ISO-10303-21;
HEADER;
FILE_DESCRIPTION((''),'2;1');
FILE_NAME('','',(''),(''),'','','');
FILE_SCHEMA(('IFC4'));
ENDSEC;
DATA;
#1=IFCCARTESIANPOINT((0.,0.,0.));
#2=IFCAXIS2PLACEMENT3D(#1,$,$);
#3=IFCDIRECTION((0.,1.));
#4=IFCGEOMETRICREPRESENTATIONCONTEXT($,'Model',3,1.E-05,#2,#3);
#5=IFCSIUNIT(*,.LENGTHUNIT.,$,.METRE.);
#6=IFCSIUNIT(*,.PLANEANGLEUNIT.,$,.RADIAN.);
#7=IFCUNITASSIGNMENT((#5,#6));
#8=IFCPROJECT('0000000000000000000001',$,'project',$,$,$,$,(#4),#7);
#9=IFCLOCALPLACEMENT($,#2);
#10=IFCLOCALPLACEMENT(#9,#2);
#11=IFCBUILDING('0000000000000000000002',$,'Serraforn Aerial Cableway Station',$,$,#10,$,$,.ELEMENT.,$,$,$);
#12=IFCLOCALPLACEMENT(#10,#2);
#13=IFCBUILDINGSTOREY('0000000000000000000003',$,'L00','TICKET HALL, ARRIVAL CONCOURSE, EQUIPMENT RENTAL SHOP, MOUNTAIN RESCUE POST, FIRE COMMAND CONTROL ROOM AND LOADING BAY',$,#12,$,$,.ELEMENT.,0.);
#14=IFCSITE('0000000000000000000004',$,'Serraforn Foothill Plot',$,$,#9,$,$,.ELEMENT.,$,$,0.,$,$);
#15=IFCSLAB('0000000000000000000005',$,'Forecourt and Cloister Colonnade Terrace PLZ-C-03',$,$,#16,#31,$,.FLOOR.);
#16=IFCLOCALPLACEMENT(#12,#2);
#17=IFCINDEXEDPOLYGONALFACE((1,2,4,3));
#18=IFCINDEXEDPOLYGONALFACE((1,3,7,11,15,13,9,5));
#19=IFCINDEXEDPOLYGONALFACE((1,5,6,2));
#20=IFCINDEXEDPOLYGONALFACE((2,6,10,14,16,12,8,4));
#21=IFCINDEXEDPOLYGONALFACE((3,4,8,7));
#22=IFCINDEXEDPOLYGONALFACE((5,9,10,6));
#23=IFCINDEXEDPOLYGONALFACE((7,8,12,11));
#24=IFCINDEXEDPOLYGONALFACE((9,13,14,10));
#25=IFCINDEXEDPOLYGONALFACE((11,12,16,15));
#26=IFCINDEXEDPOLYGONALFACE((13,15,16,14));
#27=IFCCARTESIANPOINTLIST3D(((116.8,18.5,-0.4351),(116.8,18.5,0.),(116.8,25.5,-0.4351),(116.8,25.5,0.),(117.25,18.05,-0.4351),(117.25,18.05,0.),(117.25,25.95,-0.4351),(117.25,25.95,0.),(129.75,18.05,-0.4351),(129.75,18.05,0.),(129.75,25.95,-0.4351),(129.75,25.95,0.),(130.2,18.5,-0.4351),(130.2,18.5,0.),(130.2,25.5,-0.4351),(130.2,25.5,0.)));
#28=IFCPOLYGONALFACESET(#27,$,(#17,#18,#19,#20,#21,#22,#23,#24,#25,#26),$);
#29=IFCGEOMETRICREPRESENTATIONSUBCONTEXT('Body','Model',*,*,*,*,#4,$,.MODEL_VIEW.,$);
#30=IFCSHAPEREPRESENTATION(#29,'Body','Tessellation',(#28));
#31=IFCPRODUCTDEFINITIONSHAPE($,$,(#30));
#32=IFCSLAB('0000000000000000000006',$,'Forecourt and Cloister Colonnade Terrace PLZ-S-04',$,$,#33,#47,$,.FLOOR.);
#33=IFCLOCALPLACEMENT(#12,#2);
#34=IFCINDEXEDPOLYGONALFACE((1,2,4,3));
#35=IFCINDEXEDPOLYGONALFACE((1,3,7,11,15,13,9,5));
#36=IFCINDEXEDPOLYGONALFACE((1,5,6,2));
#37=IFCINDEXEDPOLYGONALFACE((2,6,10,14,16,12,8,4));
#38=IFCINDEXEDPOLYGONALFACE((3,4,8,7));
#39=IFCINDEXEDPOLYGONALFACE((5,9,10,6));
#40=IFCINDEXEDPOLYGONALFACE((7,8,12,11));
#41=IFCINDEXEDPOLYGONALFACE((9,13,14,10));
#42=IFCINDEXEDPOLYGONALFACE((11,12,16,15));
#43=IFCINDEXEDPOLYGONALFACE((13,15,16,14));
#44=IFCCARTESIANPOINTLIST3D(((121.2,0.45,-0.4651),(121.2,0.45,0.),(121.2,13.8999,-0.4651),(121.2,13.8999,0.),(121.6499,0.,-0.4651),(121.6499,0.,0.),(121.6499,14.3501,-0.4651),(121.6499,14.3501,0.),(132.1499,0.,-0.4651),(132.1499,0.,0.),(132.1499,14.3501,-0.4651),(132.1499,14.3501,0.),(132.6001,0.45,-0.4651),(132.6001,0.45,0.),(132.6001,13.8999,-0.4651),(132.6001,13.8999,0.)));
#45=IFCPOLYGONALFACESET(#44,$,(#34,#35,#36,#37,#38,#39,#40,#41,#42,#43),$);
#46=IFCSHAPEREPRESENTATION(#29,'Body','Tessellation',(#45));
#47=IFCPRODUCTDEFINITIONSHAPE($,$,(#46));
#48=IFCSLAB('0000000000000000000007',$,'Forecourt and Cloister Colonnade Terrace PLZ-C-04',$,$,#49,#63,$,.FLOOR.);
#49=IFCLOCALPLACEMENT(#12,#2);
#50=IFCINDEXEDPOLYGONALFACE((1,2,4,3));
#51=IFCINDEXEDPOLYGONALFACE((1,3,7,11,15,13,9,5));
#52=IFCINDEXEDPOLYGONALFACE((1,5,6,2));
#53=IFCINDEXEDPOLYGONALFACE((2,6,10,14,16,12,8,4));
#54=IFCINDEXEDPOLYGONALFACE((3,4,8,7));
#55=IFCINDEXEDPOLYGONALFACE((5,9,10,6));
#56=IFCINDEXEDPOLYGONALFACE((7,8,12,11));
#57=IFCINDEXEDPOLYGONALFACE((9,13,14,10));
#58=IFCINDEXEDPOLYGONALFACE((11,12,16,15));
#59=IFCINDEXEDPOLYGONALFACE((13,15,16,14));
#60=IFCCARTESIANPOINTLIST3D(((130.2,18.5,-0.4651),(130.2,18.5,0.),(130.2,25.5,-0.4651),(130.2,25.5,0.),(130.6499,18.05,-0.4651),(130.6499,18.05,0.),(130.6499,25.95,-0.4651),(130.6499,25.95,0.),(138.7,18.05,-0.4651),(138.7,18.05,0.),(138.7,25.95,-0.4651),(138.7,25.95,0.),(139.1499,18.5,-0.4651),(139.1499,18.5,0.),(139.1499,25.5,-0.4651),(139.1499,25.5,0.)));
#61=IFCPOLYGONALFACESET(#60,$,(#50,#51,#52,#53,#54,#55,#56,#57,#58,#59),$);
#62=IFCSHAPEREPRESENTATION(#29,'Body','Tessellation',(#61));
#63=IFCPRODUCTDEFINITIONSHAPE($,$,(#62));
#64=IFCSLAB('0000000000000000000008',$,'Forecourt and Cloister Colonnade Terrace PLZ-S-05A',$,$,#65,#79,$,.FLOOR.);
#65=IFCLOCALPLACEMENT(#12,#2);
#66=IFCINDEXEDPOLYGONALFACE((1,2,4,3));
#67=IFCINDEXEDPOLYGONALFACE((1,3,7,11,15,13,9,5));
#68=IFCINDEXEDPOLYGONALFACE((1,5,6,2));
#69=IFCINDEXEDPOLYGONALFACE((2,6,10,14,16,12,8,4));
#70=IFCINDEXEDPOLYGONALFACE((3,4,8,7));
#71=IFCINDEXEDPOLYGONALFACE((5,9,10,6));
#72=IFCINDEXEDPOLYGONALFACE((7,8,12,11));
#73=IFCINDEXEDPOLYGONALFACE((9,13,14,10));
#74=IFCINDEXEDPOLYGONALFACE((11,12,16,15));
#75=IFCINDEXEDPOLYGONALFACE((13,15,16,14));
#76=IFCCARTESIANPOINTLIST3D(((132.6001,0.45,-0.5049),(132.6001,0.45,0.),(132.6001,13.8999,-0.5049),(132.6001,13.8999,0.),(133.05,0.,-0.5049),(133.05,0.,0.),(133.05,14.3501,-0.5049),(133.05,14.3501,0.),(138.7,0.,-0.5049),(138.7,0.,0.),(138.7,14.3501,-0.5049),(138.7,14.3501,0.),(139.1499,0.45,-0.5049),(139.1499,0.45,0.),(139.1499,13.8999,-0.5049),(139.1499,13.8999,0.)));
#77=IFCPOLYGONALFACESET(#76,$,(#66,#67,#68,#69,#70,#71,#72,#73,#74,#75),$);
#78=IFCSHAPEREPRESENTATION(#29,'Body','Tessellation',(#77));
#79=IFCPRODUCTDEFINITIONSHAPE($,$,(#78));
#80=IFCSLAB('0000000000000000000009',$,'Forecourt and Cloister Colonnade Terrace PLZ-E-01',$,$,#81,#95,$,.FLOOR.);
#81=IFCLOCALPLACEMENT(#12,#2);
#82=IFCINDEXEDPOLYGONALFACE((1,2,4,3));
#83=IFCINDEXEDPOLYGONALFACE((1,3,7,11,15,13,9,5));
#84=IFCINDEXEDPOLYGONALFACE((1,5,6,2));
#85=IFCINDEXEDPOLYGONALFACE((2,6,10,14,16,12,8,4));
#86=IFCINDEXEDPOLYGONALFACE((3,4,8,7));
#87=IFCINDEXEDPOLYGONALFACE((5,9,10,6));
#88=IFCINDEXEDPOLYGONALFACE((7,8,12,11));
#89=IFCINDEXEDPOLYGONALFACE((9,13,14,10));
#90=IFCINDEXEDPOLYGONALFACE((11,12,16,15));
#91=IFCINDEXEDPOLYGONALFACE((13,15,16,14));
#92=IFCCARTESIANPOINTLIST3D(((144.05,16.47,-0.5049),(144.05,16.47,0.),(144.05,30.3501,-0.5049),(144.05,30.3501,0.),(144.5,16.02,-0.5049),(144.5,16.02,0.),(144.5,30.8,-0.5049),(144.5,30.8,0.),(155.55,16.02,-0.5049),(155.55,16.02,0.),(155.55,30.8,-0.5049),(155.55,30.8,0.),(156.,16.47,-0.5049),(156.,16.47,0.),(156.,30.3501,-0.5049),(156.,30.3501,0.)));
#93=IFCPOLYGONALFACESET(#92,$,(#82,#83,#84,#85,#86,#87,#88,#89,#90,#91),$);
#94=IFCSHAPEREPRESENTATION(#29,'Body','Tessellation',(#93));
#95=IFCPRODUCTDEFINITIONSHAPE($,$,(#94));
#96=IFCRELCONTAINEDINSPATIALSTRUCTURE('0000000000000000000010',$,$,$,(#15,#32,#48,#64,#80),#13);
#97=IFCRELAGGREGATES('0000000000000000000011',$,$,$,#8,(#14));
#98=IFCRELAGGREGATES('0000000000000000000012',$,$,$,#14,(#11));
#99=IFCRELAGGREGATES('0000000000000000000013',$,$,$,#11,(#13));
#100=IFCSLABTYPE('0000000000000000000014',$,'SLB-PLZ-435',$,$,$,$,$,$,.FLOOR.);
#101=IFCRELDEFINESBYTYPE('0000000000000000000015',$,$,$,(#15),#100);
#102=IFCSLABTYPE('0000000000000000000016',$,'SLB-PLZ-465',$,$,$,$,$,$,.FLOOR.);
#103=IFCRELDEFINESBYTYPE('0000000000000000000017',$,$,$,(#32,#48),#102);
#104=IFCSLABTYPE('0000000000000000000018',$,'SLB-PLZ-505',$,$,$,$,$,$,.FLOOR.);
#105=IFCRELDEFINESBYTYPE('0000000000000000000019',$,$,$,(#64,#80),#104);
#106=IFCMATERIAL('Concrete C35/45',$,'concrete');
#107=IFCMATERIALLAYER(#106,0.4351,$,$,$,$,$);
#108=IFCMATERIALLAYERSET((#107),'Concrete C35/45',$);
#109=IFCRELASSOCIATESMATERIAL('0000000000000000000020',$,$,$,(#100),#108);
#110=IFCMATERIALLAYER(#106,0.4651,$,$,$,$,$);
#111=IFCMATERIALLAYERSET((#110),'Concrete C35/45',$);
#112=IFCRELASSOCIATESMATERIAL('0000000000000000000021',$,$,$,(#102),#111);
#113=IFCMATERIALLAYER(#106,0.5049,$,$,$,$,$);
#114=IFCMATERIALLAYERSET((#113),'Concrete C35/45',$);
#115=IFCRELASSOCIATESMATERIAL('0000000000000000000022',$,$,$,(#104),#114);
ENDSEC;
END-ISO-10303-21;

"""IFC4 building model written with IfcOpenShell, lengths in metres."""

from ifc_helpers import new_model, si_unit, direction, frame, origin, place, context, subcontext, project, spatial, polyline, outline, extrude, material, layer, layer_set, type_object, element, save


model = new_model("IFC4")

# Units and contexts
model_context = context("Model", 3, precision=1e-05, world=origin(), true_north=direction((0.0, 1.0)))
body_context = subcontext(model_context, "Body", "Model", "MODEL_VIEW")
ifc_project = project(units=[si_unit("LENGTHUNIT", "METRE"), si_unit("PLANEANGLEUNIT", "RADIAN")], contexts=[model_context])

# Site, building, storey
site_placement = place(None, origin())
site = spatial("IfcSite", under=ifc_project, at=site_placement, Name="Serraforn Foothill Plot", CompositionType="ELEMENT", RefElevation=0.0)
building_placement = place(site_placement, origin())
building = spatial("IfcBuilding", under=site, at=building_placement, Name="Serraforn Aerial Cableway Station", CompositionType="ELEMENT")
storey_placement = place(building_placement, origin())
storey = spatial("IfcBuildingStorey", under=building, at=storey_placement, Name="L00", Description="TICKET HALL, ARRIVAL CONCOURSE, EQUIPMENT RENTAL SHOP, MOUNTAIN RESCUE POST, FIRE COMMAND CONTROL ROOM AND LOADING BAY", CompositionType="ELEMENT", Elevation=0.0)

# Shared definitions
ifc_material = material(Name="Concrete C35/45", Category="concrete")

# Slabs
ifc_layer_1 = layer(ifc_material, 0.4351)
ifc_layer_set_1 = layer_set([ifc_layer_1], Name="Concrete C35/45")
slab_type_1 = type_object("IfcSlabType", Name="SLB-PLZ-435", PredefinedType="FLOOR", material=ifc_layer_set_1)
slab_1_placement = place(storey_placement, frame((0.0, 0.0, -0.4351)))
element("IfcSlab", 1, at=slab_1_placement, inside=storey, type_object=slab_type_1, Name="Forecourt and Cloister Colonnade Terrace PLZ-C-03", PredefinedType="FLOOR", context=body_context, shape_type="SweptSolid", body=[
    extrude(outline(polyline([(117.25, 18.05), (129.75, 18.05), (130.2, 18.5), (130.2, 25.5), (129.75, 25.95), (117.25, 25.95), (116.8, 25.5), (116.8, 18.5), (117.25, 18.05)])), origin(), (0.0, 0.0, 1.0), 0.4351),
])
ifc_layer_2 = layer(ifc_material, 0.4651)
ifc_layer_set_2 = layer_set([ifc_layer_2], Name="Concrete C35/45")
slab_type_2 = type_object("IfcSlabType", Name="SLB-PLZ-465", PredefinedType="FLOOR", material=ifc_layer_set_2)
slab_2_placement = place(storey_placement, frame((0.0, 0.0, -0.4651)))
element("IfcSlab", 2, at=slab_2_placement, inside=storey, type_object=slab_type_2, Name="Forecourt and Cloister Colonnade Terrace PLZ-S-04", PredefinedType="FLOOR", context=body_context, shape_type="SweptSolid", body=[
    extrude(outline(polyline([(121.6499, 0.0), (132.1499, 0.0), (132.6001, 0.45), (132.6001, 13.8999), (132.1499, 14.3501), (121.6499, 14.3501), (121.2, 13.8999), (121.2, 0.45), (121.6499, 0.0)])), origin(), (0.0, 0.0, 1.0), 0.4651),
])
slab_3_placement = place(storey_placement, frame((0.0, 0.0, -0.4651)))
element("IfcSlab", 3, at=slab_3_placement, inside=storey, type_object=slab_type_2, Name="Forecourt and Cloister Colonnade Terrace PLZ-C-04", PredefinedType="FLOOR", context=body_context, shape_type="SweptSolid", body=[
    extrude(outline(polyline([(130.6499, 18.05), (138.7, 18.05), (139.1499, 18.5), (139.1499, 25.5), (138.7, 25.95), (130.6499, 25.95), (130.2, 25.5), (130.2, 18.5), (130.6499, 18.05)])), origin(), (0.0, 0.0, 1.0), 0.4651),
])
ifc_layer_3 = layer(ifc_material, 0.5049)
ifc_layer_set_3 = layer_set([ifc_layer_3], Name="Concrete C35/45")
slab_type_3 = type_object("IfcSlabType", Name="SLB-PLZ-505", PredefinedType="FLOOR", material=ifc_layer_set_3)
slab_4_placement = place(storey_placement, frame((0.0, 0.0, -0.5049)))
element("IfcSlab", 4, at=slab_4_placement, inside=storey, type_object=slab_type_3, Name="Forecourt and Cloister Colonnade Terrace PLZ-S-05A", PredefinedType="FLOOR", context=body_context, shape_type="SweptSolid", body=[
    extrude(outline(polyline([(133.05, 0.0), (138.7, 0.0), (139.1499, 0.45), (139.1499, 13.8999), (138.7, 14.3501), (133.05, 14.3501), (132.6001, 13.8999), (132.6001, 0.45), (133.05, 0.0)])), origin(), (0.0, 0.0, 1.0), 0.5049),
])
slab_5_placement = place(storey_placement, frame((0.0, 0.0, -0.5049)))
element("IfcSlab", 5, at=slab_5_placement, inside=storey, type_object=slab_type_3, Name="Forecourt and Cloister Colonnade Terrace PLZ-E-01", PredefinedType="FLOOR", context=body_context, shape_type="SweptSolid", body=[
    extrude(outline(polyline([(144.5, 16.02), (155.55, 16.02), (156.0, 16.47), (156.0, 30.3501), (155.55, 30.8), (144.5, 30.8), (144.05, 30.3501), (144.05, 16.47), (144.5, 16.02)])), origin(), (0.0, 0.0, 1.0), 0.5049),
])

save(model, "model.ifc")
